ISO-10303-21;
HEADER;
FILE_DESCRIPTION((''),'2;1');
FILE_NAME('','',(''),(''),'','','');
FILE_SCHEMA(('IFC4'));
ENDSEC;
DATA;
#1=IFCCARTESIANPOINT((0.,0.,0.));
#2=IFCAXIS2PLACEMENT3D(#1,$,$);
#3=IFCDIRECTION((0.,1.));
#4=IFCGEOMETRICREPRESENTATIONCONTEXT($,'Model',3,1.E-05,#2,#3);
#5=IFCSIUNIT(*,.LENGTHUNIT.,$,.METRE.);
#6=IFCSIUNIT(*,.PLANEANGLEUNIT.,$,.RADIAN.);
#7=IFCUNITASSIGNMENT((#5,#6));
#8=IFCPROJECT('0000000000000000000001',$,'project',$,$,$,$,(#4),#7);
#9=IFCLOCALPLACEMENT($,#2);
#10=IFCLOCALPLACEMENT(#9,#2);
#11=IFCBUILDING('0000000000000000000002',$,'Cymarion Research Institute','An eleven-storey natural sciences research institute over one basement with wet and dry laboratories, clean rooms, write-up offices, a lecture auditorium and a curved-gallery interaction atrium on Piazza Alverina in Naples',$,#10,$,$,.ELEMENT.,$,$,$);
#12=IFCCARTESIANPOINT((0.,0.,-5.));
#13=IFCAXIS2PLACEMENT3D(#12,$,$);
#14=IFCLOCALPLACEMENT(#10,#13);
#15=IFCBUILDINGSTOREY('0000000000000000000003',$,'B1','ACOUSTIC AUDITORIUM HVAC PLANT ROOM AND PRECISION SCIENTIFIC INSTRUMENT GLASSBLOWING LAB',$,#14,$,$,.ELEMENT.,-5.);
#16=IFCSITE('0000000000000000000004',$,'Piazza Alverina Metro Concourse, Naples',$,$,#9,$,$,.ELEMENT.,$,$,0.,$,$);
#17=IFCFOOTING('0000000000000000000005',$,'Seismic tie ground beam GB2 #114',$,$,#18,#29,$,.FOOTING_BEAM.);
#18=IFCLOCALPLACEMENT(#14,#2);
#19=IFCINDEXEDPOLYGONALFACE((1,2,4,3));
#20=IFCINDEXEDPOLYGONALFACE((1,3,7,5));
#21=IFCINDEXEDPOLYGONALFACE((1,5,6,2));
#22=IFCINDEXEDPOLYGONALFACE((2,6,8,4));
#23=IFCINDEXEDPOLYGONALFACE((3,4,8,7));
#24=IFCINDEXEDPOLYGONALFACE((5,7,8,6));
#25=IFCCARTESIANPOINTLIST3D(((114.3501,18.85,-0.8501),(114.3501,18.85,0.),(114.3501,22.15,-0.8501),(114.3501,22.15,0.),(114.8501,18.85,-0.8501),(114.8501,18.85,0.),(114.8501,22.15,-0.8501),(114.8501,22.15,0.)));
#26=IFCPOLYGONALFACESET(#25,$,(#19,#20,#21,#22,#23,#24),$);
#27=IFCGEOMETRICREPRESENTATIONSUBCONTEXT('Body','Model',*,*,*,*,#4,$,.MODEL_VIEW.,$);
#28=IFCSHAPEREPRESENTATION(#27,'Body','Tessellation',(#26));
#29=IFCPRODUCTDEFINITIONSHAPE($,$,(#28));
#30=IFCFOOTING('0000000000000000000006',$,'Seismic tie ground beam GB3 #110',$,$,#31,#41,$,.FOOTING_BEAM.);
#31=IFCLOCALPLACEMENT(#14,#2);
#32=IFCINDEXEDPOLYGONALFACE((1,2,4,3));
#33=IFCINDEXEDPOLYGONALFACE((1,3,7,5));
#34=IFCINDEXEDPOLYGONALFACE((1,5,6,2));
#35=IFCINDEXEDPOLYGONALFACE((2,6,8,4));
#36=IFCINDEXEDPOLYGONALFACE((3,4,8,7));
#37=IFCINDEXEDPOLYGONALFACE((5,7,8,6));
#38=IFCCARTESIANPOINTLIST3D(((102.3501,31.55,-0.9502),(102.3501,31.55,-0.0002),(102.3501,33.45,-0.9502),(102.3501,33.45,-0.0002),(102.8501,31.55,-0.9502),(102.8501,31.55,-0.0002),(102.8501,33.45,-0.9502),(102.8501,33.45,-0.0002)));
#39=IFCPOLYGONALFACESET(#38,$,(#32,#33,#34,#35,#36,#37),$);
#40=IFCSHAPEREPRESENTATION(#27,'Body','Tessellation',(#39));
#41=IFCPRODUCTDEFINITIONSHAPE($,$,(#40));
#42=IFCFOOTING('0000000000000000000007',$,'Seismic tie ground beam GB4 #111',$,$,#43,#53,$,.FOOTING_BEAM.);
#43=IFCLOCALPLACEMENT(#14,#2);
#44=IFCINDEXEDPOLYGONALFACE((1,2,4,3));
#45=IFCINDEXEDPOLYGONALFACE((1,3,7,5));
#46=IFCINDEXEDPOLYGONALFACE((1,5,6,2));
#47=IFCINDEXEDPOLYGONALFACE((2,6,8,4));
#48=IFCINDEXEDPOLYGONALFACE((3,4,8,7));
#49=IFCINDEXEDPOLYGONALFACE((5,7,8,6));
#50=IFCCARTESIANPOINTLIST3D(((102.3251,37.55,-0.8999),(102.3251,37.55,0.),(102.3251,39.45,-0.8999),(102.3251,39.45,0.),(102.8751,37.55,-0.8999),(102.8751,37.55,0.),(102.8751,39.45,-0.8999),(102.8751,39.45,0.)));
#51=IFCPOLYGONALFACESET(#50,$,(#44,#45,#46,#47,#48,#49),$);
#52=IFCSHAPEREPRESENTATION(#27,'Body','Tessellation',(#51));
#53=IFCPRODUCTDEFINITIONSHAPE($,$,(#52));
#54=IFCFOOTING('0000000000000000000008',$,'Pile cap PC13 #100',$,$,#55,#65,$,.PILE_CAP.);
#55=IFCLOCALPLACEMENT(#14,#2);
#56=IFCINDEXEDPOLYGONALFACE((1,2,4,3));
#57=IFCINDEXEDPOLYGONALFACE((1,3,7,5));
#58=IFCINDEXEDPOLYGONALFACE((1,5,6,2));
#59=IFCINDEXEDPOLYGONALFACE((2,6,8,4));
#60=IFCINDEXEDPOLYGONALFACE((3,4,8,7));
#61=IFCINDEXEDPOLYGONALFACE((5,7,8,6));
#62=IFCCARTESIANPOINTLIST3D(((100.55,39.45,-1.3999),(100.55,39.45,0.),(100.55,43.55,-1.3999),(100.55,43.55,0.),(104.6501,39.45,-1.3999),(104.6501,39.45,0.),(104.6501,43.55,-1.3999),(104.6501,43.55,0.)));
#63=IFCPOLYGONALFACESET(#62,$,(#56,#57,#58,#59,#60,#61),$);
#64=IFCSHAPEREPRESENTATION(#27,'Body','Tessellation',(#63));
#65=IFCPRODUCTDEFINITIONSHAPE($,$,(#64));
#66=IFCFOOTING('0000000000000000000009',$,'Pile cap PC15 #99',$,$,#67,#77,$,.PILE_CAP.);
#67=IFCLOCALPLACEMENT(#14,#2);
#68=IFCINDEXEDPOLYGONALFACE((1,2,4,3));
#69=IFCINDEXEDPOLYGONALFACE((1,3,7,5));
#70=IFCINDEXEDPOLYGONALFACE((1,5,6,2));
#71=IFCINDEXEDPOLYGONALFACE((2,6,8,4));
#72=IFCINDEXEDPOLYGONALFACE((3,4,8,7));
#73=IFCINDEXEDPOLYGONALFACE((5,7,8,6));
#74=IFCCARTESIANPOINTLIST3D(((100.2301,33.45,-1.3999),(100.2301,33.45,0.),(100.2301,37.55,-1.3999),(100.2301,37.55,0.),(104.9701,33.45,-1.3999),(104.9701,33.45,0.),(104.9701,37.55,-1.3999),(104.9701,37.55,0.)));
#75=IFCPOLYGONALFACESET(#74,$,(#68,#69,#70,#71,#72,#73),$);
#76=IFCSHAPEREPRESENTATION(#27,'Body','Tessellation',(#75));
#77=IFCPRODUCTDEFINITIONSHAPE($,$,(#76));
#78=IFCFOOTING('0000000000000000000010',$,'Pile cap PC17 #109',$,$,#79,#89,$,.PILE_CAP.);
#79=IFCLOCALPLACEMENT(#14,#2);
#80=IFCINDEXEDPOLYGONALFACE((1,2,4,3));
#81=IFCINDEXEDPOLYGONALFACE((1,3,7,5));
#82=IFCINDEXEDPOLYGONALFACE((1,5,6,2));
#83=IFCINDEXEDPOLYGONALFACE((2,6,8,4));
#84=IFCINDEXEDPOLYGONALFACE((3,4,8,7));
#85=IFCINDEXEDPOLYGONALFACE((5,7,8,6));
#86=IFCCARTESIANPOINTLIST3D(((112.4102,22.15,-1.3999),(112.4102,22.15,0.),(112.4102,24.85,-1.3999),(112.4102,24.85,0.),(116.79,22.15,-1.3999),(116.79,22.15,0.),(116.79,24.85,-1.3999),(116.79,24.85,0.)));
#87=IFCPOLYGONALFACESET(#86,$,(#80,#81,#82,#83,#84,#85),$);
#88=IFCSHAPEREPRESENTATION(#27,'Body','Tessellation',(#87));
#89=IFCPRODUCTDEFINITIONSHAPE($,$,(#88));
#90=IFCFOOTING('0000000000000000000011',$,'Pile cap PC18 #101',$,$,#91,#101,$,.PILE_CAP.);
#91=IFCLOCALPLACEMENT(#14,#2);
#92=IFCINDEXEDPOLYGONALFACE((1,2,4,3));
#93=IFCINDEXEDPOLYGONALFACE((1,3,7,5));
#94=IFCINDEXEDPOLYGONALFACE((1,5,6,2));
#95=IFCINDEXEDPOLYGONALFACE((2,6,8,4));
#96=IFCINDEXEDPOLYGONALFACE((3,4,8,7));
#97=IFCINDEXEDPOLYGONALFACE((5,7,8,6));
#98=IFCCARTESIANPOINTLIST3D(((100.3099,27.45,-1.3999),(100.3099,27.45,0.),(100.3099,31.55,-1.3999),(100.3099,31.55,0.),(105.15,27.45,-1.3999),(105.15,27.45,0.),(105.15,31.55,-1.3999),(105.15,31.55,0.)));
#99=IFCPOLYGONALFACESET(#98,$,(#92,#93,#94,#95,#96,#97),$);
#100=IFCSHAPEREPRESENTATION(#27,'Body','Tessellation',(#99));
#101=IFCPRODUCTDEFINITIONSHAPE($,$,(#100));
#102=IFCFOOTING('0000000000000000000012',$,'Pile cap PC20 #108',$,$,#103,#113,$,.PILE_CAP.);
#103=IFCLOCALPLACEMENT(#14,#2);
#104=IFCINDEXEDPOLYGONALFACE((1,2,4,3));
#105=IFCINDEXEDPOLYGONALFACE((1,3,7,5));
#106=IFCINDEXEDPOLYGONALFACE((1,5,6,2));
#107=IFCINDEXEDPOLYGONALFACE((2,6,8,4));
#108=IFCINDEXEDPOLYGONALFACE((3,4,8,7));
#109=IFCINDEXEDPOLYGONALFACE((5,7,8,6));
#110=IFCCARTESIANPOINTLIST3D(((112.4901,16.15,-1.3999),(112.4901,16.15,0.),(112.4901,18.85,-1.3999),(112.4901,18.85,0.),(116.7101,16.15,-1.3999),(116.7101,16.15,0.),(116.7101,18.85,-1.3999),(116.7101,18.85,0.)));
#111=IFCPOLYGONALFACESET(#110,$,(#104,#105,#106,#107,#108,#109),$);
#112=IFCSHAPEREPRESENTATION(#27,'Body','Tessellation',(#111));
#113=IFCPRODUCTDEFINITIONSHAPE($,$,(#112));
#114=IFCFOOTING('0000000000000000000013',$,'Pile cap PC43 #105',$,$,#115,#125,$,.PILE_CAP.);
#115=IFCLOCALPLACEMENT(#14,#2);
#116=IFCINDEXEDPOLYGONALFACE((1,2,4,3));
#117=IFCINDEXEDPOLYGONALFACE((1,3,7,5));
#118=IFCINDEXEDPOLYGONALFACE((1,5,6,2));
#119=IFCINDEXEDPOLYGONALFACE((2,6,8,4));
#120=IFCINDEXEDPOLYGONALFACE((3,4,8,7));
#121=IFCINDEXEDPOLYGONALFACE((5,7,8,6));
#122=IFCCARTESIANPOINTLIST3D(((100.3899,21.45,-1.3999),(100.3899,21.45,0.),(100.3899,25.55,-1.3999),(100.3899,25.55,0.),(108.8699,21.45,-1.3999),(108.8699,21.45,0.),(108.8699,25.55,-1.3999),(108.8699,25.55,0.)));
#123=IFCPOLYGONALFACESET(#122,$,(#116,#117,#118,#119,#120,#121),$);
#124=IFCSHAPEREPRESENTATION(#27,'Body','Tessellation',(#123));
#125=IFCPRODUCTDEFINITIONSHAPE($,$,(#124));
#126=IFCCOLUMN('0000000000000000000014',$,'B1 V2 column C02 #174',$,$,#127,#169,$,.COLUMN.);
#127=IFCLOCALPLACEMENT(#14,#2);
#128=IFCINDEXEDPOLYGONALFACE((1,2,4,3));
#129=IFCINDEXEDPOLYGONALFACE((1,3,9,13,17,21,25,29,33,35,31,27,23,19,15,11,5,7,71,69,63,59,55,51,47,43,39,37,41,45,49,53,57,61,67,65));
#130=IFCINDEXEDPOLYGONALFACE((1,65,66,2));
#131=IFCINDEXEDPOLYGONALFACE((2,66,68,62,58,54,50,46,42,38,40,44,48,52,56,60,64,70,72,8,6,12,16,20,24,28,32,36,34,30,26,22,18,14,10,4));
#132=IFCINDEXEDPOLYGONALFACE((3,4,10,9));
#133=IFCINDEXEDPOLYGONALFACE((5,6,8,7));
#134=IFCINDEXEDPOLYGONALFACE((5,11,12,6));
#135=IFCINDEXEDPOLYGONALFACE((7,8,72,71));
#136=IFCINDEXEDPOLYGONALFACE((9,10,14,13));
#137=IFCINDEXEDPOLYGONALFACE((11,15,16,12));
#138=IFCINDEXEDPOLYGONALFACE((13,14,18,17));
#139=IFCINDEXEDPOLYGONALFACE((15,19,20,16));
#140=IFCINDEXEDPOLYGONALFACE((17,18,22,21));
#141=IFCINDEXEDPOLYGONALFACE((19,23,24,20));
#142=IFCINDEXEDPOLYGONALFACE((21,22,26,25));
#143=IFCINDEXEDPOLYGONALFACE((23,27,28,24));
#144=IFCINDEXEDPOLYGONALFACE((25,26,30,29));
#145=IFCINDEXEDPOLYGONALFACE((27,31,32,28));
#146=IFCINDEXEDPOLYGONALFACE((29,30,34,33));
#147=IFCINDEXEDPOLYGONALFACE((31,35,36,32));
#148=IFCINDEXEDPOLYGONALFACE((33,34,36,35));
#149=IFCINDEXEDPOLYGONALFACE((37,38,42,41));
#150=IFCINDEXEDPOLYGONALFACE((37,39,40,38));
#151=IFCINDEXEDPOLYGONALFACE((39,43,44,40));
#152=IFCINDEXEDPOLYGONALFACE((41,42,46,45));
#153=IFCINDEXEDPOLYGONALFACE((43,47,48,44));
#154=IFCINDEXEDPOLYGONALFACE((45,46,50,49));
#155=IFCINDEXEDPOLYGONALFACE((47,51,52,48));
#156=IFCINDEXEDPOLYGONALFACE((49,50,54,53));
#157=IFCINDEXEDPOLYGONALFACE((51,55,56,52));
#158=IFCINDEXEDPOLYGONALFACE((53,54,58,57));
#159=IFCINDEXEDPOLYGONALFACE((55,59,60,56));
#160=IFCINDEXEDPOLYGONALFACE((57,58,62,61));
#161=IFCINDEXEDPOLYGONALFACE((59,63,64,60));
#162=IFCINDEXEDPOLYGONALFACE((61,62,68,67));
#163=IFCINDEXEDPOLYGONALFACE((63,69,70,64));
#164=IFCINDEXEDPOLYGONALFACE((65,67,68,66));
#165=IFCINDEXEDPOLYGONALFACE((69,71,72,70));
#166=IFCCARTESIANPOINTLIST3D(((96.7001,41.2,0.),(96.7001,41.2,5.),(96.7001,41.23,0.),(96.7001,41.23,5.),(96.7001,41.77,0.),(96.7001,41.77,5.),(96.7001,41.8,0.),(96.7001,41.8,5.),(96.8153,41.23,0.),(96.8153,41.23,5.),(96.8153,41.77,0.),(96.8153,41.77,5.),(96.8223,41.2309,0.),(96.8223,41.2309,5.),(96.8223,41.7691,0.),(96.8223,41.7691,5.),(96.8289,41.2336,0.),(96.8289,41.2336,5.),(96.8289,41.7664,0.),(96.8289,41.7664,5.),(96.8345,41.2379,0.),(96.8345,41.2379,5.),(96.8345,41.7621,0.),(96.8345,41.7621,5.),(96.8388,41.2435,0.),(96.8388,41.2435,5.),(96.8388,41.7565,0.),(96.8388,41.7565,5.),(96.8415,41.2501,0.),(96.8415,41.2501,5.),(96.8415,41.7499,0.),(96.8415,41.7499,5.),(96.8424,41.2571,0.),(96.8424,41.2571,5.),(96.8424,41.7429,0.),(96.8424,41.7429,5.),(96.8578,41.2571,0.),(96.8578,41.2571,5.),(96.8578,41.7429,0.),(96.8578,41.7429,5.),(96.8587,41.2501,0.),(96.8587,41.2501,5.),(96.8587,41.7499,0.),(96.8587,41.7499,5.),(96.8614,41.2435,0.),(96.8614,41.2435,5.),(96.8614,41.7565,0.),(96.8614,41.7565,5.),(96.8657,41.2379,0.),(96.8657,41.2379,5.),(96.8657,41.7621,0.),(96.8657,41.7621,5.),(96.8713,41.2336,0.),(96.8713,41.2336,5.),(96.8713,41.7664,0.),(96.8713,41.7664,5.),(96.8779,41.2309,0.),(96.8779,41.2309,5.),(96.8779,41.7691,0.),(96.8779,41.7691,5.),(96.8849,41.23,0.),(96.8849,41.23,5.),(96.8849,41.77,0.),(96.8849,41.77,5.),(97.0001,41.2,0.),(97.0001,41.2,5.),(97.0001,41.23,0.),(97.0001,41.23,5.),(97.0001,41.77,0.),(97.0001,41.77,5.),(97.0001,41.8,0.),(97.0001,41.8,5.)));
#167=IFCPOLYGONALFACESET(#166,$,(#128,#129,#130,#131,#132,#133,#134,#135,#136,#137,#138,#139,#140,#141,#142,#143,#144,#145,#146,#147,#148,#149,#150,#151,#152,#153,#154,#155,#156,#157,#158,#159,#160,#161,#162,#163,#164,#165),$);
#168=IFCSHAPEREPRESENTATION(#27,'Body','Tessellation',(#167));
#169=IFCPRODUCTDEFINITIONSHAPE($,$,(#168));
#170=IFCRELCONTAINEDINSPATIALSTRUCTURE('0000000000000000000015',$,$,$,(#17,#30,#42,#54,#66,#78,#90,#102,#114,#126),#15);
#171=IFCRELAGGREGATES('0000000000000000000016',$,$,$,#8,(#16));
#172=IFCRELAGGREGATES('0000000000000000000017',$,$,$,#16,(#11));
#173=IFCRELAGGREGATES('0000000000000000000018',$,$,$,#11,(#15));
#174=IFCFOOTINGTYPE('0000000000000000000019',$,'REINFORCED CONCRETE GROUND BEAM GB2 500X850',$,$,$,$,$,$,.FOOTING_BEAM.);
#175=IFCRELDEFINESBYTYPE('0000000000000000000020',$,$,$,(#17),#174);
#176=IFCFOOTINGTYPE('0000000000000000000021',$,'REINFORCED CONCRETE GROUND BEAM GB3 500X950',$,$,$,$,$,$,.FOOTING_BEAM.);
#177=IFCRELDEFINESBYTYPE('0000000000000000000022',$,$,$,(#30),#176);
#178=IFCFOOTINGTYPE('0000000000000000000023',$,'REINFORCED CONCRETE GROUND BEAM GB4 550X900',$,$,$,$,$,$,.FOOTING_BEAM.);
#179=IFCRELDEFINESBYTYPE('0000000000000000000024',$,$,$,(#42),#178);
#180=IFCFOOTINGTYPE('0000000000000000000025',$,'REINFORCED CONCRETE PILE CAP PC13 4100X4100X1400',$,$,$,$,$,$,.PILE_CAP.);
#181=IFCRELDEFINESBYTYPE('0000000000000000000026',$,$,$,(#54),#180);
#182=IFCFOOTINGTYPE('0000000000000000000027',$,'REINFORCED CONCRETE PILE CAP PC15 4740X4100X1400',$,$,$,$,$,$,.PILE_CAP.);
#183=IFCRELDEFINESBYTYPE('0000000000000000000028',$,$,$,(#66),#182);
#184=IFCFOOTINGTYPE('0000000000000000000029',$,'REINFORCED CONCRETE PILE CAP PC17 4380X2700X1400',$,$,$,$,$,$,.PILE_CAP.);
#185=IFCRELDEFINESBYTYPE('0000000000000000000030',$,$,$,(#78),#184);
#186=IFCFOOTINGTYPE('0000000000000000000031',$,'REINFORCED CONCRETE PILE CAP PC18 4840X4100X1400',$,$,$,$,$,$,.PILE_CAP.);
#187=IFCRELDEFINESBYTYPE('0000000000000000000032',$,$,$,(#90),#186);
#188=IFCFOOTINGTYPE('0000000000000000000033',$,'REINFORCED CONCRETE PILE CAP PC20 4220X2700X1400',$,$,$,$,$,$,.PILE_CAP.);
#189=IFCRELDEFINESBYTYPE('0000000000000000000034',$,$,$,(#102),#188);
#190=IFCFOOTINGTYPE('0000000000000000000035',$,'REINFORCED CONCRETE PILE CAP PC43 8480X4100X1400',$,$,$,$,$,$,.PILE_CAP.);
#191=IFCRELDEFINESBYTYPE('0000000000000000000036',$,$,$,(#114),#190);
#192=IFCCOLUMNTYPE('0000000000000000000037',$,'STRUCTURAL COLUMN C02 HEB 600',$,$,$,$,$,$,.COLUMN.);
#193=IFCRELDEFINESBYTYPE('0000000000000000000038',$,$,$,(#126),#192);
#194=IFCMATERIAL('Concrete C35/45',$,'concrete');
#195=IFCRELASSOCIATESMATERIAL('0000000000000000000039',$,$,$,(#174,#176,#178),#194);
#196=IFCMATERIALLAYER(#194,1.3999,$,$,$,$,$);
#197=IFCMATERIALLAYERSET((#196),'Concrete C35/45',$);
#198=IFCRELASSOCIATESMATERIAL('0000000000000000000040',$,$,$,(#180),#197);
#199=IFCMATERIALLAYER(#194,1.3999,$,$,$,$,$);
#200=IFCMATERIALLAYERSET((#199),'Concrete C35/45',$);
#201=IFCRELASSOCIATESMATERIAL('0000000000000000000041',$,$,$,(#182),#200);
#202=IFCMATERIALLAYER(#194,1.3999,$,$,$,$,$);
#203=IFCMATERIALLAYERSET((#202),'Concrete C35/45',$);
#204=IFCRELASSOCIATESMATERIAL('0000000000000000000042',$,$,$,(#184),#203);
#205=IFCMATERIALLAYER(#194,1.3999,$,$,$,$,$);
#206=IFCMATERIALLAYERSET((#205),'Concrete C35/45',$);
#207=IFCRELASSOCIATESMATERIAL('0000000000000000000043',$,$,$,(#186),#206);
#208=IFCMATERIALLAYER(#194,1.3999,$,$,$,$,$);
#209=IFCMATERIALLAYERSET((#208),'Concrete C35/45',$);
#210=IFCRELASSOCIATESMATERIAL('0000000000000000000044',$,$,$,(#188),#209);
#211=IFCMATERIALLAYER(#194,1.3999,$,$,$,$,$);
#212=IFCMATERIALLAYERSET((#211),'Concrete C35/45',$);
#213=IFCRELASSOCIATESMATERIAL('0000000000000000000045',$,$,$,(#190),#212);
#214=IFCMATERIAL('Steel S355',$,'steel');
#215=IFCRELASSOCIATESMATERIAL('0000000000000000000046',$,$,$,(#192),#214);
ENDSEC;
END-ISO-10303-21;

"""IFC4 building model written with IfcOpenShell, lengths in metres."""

from ifc_helpers import new_model, si_unit, direction, frame, origin, origin_2d, place, context, subcontext, project, spatial, rectangle, i_section, extrude, material, layer, layer_set, material_profile, profile_set, type_object, element, save


model = new_model("IFC4")

# Units and contexts
model_context = context("Model", 3, precision=1e-05, world=origin(), true_north=direction((0.0, 1.0)))
body_context = subcontext(model_context, "Body", "Model", "MODEL_VIEW")
ifc_project = project(units=[si_unit("LENGTHUNIT", "METRE"), si_unit("PLANEANGLEUNIT", "RADIAN")], contexts=[model_context])

# Site, building, storey
site_placement = place(None, origin())
site = spatial("IfcSite", under=ifc_project, at=site_placement, Name="Piazza Alverina Metro Concourse, Naples", CompositionType="ELEMENT", RefElevation=0.0)
building_placement = place(site_placement, origin())
building = spatial("IfcBuilding", under=site, at=building_placement, Name="Cymarion Research Institute", Description="An eleven-storey natural sciences research institute over one basement with wet and dry laboratories, clean rooms, write-up offices, a lecture auditorium and a curved-gallery interaction atrium on Piazza Alverina in Naples", CompositionType="ELEMENT")
storey_placement = place(building_placement, frame((0.0, 0.0, -5.0)))
storey = spatial("IfcBuildingStorey", under=building, at=storey_placement, Name="B1", Description="ACOUSTIC AUDITORIUM HVAC PLANT ROOM AND PRECISION SCIENTIFIC INSTRUMENT GLASSBLOWING LAB", CompositionType="ELEMENT", Elevation=-5.0)

# Shared definitions
ifc_material_1 = material(Name="Concrete C35/45", Category="concrete")

# Footings
footing_type_1 = type_object("IfcFootingType", Name="REINFORCED CONCRETE GROUND BEAM GB2 500X850", PredefinedType="FOOTING_BEAM", material=ifc_material_1)
footing_1_placement = place(storey_placement, frame((114.6001, 20.5, -0.8501), z_axis=(0.0, 0.0, 1.0), x_axis=(0.0, 1.0, 0.0)))
element("IfcFooting", 1, at=footing_1_placement, inside=storey, type_object=footing_type_1, Name="Seismic tie ground beam GB2 #114", PredefinedType="FOOTING_BEAM", context=body_context, shape_type="SweptSolid", body=[
    extrude(rectangle(XDim=3.3, YDim=0.5, at=origin_2d()), origin(), (0.0, 0.0, 1.0), 0.8501),
])
footing_type_2 = type_object("IfcFootingType", Name="REINFORCED CONCRETE GROUND BEAM GB3 500X950", PredefinedType="FOOTING_BEAM", material=ifc_material_1)
footing_2_placement = place(storey_placement, frame((102.6001, 32.5, -0.9502), z_axis=(0.0, 0.0, 1.0), x_axis=(0.0, 1.0, 0.0)))
element("IfcFooting", 2, at=footing_2_placement, inside=storey, type_object=footing_type_2, Name="Seismic tie ground beam GB3 #110", PredefinedType="FOOTING_BEAM", context=body_context, shape_type="SweptSolid", body=[
    extrude(rectangle(XDim=1.8999, YDim=0.5, at=origin_2d()), origin(), (0.0, 0.0, 1.0), 0.95),
])
footing_type_3 = type_object("IfcFootingType", Name="REINFORCED CONCRETE GROUND BEAM GB4 550X900", PredefinedType="FOOTING_BEAM", material=ifc_material_1)
footing_3_placement = place(storey_placement, frame((102.6001, 38.5, -0.8999), z_axis=(0.0, 0.0, 1.0), x_axis=(0.0, 1.0, 0.0)))
element("IfcFooting", 3, at=footing_3_placement, inside=storey, type_object=footing_type_3, Name="Seismic tie ground beam GB4 #111", PredefinedType="FOOTING_BEAM", context=body_context, shape_type="SweptSolid", body=[
    extrude(rectangle(XDim=1.8999, YDim=0.55, at=origin_2d()), origin(), (0.0, 0.0, 1.0), 0.8999),
])
ifc_layer_1 = layer(ifc_material_1, 1.3999)
ifc_layer_set_1 = layer_set([ifc_layer_1], Name="Concrete C35/45")
footing_type_4 = type_object("IfcFootingType", Name="REINFORCED CONCRETE PILE CAP PC13 4100X4100X1400", PredefinedType="PILE_CAP", material=ifc_layer_set_1)
footing_4_placement = place(storey_placement, frame((102.6001, 41.5, -1.3999), z_axis=(0.0, 0.0, 1.0), x_axis=(1.0, 0.0, 0.0)))
element("IfcFooting", 4, at=footing_4_placement, inside=storey, type_object=footing_type_4, Name="Pile cap PC13 #100", PredefinedType="PILE_CAP", context=body_context, shape_type="SweptSolid", body=[
    extrude(rectangle(XDim=4.1001, YDim=4.1001, at=origin_2d()), origin(), (0.0, 0.0, 1.0), 1.3999),
])
ifc_layer_2 = layer(ifc_material_1, 1.3999)
ifc_layer_set_2 = layer_set([ifc_layer_2], Name="Concrete C35/45")
footing_type_5 = type_object("IfcFootingType", Name="REINFORCED CONCRETE PILE CAP PC15 4740X4100X1400", PredefinedType="PILE_CAP", material=ifc_layer_set_2)
footing_5_placement = place(storey_placement, frame((102.6001, 35.5, -1.3999), z_axis=(0.0, 0.0, 1.0), x_axis=(1.0, 0.0, 0.0)))
element("IfcFooting", 5, at=footing_5_placement, inside=storey, type_object=footing_type_5, Name="Pile cap PC15 #99", PredefinedType="PILE_CAP", context=body_context, shape_type="SweptSolid", body=[
    extrude(rectangle(XDim=4.74, YDim=4.1001, at=origin_2d()), origin(), (0.0, 0.0, 1.0), 1.3999),
])
ifc_layer_3 = layer(ifc_material_1, 1.3999)
ifc_layer_set_3 = layer_set([ifc_layer_3], Name="Concrete C35/45")
footing_type_6 = type_object("IfcFootingType", Name="REINFORCED CONCRETE PILE CAP PC17 4380X2700X1400", PredefinedType="PILE_CAP", material=ifc_layer_set_3)
footing_6_placement = place(storey_placement, frame((114.6001, 23.5, -1.3999), z_axis=(0.0, 0.0, 1.0), x_axis=(1.0, 0.0, 0.0)))
element("IfcFooting", 6, at=footing_6_placement, inside=storey, type_object=footing_type_6, Name="Pile cap PC17 #109", PredefinedType="PILE_CAP", context=body_context, shape_type="SweptSolid", body=[
    extrude(rectangle(XDim=4.3799, YDim=2.7, at=origin_2d()), origin(), (0.0, 0.0, 1.0), 1.3999),
])
ifc_layer_4 = layer(ifc_material_1, 1.3999)
ifc_layer_set_4 = layer_set([ifc_layer_4], Name="Concrete C35/45")
footing_type_7 = type_object("IfcFootingType", Name="REINFORCED CONCRETE PILE CAP PC18 4840X4100X1400", PredefinedType="PILE_CAP", material=ifc_layer_set_4)
footing_7_placement = place(storey_placement, frame((102.73, 29.5, -1.3999), z_axis=(0.0, 0.0, 1.0), x_axis=(1.0, 0.0, 0.0)))
element("IfcFooting", 7, at=footing_7_placement, inside=storey, type_object=footing_type_7, Name="Pile cap PC18 #101", PredefinedType="PILE_CAP", context=body_context, shape_type="SweptSolid", body=[
    extrude(rectangle(XDim=4.8401, YDim=4.1001, at=origin_2d()), origin(), (0.0, 0.0, 1.0), 1.3999),
])
ifc_layer_5 = layer(ifc_material_1, 1.3999)
ifc_layer_set_5 = layer_set([ifc_layer_5], Name="Concrete C35/45")
footing_type_8 = type_object("IfcFootingType", Name="REINFORCED CONCRETE PILE CAP PC20 4220X2700X1400", PredefinedType="PILE_CAP", material=ifc_layer_set_5)
footing_8_placement = place(storey_placement, frame((114.6001, 17.5, -1.3999), z_axis=(0.0, 0.0, 1.0), x_axis=(1.0, 0.0, 0.0)))
element("IfcFooting", 8, at=footing_8_placement, inside=storey, type_object=footing_type_8, Name="Pile cap PC20 #108", PredefinedType="PILE_CAP", context=body_context, shape_type="SweptSolid", body=[
    extrude(rectangle(XDim=4.22, YDim=2.7, at=origin_2d()), origin(), (0.0, 0.0, 1.0), 1.3999),
])
ifc_layer_6 = layer(ifc_material_1, 1.3999)
ifc_layer_set_6 = layer_set([ifc_layer_6], Name="Concrete C35/45")
footing_type_9 = type_object("IfcFootingType", Name="REINFORCED CONCRETE PILE CAP PC43 8480X4100X1400", PredefinedType="PILE_CAP", material=ifc_layer_set_6)
footing_9_placement = place(storey_placement, frame((104.6299, 23.5, -1.3999), z_axis=(0.0, 0.0, 1.0), x_axis=(1.0, 0.0, 0.0)))
element("IfcFooting", 9, at=footing_9_placement, inside=storey, type_object=footing_type_9, Name="Pile cap PC43 #105", PredefinedType="PILE_CAP", context=body_context, shape_type="SweptSolid", body=[
    extrude(rectangle(XDim=8.48, YDim=4.1001, at=origin_2d()), origin(), (0.0, 0.0, 1.0), 1.3999),
])

# Column
ifc_material_2 = material(Name="Steel S355", Category="steel")
ifc_material_profile_1 = material_profile(ifc_material_2, i_section(OverallWidth=0.3, OverallDepth=0.6001, WebThickness=0.0154, FlangeThickness=0.03, FilletRadius=0.0271, at=origin_2d()), Name="HEB 600")
ifc_profile_set_1 = profile_set([ifc_material_profile_1], Name="Steel S355")
column_type_1 = type_object("IfcColumnType", Name="STRUCTURAL COLUMN C02 HEB 600", PredefinedType="COLUMN", material=ifc_profile_set_1)
for number, where, z_axis, x_axis, name in (
    (10, (96.8501, 41.5, 0.0), (0.0, 0.0, 1.0), (1.0, 0.0, 0.0), "B1 V2 column C02 #174"),
):
    element("IfcColumn", number, at=place(storey_placement, frame(where, z_axis=z_axis, x_axis=x_axis)), inside=storey, type_object=column_type_1, Name=name, PredefinedType="COLUMN", context=body_context, shape_type="SweptSolid", body=[
        extrude(i_section(OverallWidth=0.3, OverallDepth=0.6001, WebThickness=0.0154, FlangeThickness=0.03, FilletRadius=0.0271, at=origin_2d()), origin(), (0.0, 0.0, 1.0), 5.0),
    ])

save(model, "model.ifc")
